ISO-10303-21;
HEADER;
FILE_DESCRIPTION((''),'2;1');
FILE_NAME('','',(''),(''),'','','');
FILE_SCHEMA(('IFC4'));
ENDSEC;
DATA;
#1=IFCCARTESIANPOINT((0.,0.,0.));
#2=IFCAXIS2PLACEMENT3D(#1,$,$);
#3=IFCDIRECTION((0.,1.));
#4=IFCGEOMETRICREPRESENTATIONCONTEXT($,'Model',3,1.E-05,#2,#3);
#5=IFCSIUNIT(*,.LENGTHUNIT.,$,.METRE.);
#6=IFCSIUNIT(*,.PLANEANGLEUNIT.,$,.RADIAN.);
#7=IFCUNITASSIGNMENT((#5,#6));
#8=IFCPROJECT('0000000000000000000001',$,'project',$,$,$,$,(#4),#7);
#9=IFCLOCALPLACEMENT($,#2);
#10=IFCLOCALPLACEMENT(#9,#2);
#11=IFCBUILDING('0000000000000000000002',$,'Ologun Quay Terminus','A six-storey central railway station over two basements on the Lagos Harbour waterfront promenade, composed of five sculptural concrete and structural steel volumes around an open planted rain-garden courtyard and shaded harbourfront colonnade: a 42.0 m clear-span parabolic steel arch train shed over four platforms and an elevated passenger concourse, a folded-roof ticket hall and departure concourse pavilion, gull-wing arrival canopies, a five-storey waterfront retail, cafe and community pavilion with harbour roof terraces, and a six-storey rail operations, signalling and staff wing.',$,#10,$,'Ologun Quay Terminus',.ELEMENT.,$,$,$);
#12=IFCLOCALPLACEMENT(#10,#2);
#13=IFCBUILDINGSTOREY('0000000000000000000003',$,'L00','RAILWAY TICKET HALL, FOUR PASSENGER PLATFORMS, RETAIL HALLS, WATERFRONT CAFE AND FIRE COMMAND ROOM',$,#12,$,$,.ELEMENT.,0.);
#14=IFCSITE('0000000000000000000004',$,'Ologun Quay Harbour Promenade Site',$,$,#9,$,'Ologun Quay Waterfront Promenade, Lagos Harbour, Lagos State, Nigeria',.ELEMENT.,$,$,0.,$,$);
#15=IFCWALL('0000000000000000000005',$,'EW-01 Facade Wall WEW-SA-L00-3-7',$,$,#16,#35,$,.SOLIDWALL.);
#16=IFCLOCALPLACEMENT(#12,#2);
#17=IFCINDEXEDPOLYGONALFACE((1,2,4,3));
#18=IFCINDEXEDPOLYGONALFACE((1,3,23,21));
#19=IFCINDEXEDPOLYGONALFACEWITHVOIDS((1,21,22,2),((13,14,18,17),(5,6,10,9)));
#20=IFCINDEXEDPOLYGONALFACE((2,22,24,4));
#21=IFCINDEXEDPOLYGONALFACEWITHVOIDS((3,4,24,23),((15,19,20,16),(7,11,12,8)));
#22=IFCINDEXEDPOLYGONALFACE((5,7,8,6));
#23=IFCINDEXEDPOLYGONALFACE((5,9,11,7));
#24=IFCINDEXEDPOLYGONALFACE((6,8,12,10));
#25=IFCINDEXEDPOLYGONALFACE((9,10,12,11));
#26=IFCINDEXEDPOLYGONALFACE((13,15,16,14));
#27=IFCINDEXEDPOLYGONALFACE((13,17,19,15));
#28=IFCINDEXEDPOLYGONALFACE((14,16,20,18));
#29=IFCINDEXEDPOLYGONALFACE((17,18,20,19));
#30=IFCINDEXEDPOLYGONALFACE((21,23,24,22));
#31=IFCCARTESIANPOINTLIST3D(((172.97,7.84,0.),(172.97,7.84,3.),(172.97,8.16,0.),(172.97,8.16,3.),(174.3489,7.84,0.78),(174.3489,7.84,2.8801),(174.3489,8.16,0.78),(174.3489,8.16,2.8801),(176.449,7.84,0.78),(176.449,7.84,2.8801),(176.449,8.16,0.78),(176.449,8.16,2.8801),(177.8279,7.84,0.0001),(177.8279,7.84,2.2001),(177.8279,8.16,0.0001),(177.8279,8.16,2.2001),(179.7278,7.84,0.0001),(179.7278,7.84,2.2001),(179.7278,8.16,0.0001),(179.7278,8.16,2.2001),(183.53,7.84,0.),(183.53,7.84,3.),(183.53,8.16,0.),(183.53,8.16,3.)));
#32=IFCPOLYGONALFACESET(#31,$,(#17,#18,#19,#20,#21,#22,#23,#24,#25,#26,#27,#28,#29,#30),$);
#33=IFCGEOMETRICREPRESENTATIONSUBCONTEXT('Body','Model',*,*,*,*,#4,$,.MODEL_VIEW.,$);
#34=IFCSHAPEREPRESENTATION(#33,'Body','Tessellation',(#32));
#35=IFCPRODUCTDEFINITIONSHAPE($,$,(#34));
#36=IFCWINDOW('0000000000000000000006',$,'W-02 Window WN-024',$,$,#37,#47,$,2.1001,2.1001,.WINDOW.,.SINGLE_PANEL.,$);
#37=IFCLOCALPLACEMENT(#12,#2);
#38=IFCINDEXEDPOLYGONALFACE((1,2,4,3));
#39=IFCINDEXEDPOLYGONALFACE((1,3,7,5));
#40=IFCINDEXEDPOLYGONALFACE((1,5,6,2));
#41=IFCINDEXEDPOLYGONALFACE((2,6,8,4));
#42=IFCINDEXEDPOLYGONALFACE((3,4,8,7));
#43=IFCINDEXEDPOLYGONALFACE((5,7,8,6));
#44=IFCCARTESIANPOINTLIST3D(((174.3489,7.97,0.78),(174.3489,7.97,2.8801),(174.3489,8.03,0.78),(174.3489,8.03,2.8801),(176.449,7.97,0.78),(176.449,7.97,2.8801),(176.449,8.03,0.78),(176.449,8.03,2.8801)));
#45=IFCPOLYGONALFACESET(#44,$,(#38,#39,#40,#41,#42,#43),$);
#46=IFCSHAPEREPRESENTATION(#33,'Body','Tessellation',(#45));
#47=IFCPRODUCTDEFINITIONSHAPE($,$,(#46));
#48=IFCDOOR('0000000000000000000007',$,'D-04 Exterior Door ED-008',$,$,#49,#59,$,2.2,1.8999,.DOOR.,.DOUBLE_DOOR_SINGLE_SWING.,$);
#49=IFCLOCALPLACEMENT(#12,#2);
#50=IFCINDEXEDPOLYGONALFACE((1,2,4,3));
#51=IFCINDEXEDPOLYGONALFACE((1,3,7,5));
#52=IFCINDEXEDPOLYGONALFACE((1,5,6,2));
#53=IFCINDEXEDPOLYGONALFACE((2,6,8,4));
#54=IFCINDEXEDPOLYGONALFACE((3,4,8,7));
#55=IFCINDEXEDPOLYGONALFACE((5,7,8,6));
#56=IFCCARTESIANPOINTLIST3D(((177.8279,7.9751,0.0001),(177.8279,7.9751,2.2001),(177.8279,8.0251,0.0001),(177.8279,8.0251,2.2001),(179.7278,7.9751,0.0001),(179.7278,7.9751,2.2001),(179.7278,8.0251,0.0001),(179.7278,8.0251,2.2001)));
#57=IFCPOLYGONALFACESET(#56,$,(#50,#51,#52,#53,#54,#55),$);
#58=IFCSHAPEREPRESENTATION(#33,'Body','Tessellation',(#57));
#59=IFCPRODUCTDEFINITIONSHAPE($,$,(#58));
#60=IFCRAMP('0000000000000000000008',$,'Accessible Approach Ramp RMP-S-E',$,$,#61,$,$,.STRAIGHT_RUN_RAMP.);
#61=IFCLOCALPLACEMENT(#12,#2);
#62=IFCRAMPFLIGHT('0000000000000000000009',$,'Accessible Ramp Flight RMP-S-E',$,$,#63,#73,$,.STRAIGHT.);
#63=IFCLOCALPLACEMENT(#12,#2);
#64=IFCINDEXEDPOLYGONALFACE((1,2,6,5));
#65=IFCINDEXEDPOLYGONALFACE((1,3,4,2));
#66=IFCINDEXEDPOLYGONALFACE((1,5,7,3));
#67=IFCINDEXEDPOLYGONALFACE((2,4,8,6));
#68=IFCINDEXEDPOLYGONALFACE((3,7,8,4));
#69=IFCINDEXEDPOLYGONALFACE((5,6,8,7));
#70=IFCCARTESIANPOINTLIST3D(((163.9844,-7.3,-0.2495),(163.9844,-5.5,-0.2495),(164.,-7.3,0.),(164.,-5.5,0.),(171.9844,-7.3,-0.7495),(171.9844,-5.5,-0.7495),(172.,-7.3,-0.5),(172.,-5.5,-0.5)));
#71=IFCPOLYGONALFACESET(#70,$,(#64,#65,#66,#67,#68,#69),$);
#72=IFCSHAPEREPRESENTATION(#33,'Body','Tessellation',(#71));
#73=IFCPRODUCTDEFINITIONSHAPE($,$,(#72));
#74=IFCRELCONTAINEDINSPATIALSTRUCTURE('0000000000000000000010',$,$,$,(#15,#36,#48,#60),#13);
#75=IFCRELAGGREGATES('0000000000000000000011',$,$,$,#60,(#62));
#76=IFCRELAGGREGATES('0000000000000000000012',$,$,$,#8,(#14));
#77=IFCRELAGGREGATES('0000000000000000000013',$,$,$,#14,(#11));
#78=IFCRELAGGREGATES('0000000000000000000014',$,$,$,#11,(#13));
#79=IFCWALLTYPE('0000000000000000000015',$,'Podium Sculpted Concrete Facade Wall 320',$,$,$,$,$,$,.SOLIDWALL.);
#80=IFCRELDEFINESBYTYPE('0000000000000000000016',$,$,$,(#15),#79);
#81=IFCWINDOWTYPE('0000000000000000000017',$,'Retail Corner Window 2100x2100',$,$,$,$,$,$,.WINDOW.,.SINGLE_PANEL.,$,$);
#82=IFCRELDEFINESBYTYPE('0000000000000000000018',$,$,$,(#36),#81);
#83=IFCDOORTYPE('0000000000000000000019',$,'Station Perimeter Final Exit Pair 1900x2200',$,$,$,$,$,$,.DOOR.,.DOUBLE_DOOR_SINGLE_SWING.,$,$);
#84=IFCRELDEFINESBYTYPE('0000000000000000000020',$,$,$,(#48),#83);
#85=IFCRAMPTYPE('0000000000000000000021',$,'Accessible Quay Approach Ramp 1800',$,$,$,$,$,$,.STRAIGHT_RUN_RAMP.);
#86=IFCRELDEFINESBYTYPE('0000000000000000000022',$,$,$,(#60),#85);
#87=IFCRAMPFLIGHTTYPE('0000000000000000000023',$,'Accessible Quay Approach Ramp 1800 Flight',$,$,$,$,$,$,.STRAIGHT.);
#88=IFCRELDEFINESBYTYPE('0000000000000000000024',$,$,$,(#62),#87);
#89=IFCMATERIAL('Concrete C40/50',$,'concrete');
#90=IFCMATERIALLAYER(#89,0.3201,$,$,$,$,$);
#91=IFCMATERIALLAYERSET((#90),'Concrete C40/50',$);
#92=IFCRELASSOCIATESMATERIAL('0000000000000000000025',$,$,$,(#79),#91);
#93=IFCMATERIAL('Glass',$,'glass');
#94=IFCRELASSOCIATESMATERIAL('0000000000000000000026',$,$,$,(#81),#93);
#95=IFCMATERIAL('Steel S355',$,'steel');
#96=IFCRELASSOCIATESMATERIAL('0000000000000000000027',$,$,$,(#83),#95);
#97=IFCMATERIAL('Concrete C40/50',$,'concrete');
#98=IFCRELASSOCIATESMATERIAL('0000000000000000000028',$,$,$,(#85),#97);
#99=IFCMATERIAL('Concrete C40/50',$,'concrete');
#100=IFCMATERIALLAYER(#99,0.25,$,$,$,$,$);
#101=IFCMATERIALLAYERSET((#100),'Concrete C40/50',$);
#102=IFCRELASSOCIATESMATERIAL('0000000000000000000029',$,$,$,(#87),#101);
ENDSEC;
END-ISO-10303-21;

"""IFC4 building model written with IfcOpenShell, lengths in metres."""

from ifc_helpers import new_model, si_unit, direction, frame, frame_2d, origin, place, context, subcontext, project, spatial, polyline, rectangle, outline, extrude, material, layer, layer_set, type_object, element, fill, aggregate, save


model = new_model("IFC4")

# Units and contexts
model_context = context("Model", 3, precision=1e-05, world=origin(), true_north=direction((0.0, 1.0)))
body_context = subcontext(model_context, "Body", "Model", "MODEL_VIEW")
ifc_project = project(units=[si_unit("LENGTHUNIT", "METRE"), si_unit("PLANEANGLEUNIT", "RADIAN")], contexts=[model_context])

# Site, building, storey
site_placement = place(None, origin())
site = spatial("IfcSite", under=ifc_project, at=site_placement, Name="Ologun Quay Harbour Promenade Site", LongName="Ologun Quay Waterfront Promenade, Lagos Harbour, Lagos State, Nigeria", CompositionType="ELEMENT", RefElevation=0.0)
building_placement = place(site_placement, origin())
building = spatial("IfcBuilding", under=site, at=building_placement, Name="Ologun Quay Terminus", Description="A six-storey central railway station over two basements on the Lagos Harbour waterfront promenade, composed of five sculptural concrete and structural steel volumes around an open planted rain-garden courtyard and shaded harbourfront colonnade: a 42.0 m clear-span parabolic steel arch train shed over four platforms and an elevated passenger concourse, a folded-roof ticket hall and departure concourse pavilion, gull-wing arrival canopies, a five-storey waterfront retail, cafe and community pavilion with harbour roof terraces, and a six-storey rail operations, signalling and staff wing.", LongName="Ologun Quay Terminus", CompositionType="ELEMENT")
storey_placement = place(building_placement, origin())
storey = spatial("IfcBuildingStorey", under=building, at=storey_placement, Name="L00", Description="RAILWAY TICKET HALL, FOUR PASSENGER PLATFORMS, RETAIL HALLS, WATERFRONT CAFE AND FIRE COMMAND ROOM", CompositionType="ELEMENT", Elevation=0.0)

# Wall, openings, window, door
ifc_material_1 = material(Name="Concrete C40/50", Category="concrete")
ifc_layer_1 = layer(ifc_material_1, 0.3201)
ifc_layer_set_1 = layer_set([ifc_layer_1], Name="Concrete C40/50")
wall_type = type_object("IfcWallType", Name="Podium Sculpted Concrete Facade Wall 320", PredefinedType="SOLIDWALL", material=ifc_layer_set_1)
wall_placement = place(storey_placement, frame((172.97, 8.0, 0.0), z_axis=(0.0, 0.0, 1.0), x_axis=(1.0, 0.0, 0.0)))
wall = element("IfcWall", 1, at=wall_placement, inside=storey, type_object=wall_type, Name="EW-01 Facade Wall WEW-SA-L00-3-7", PredefinedType="SOLIDWALL", context=body_context, shape_type="SweptSolid", body=[
    extrude(rectangle(XDim=10.5601, YDim=0.3201, at=frame_2d((5.28, 0.0))), origin(), (0.0, 0.0, 1.0), 3.0),
])
opening_1_placement = place(wall_placement, frame((4.8579, 0.0, 0.0)))
opening_1 = element("IfcOpeningElement", 2, at=opening_1_placement, cuts=wall, PredefinedType="OPENING", context=body_context, shape_type="SweptSolid", body=[
    extrude(rectangle(XDim=1.8999, YDim=2.2, at=frame_2d((0.95, 1.1001))), frame((0.0, 0.1699, 0.0), z_axis=(0.0, -1.0, 0.0), x_axis=(1.0, 0.0, 0.0)), (0.0, 0.0, 1.0), 0.3401),
])
opening_2_placement = place(wall_placement, frame((1.3789, 0.0, 0.78)))
opening_2 = element("IfcOpeningElement", 3, at=opening_2_placement, cuts=wall, PredefinedType="OPENING", context=body_context, shape_type="SweptSolid", body=[
    extrude(rectangle(XDim=2.1001, YDim=2.1001, at=frame_2d((1.05, 1.05))), frame((0.0, 0.1699, 0.0), z_axis=(0.0, -1.0, 0.0), x_axis=(1.0, 0.0, 0.0)), (0.0, 0.0, 1.0), 0.3401),
])
ifc_material_2 = material(Name="Glass", Category="glass")
window_type = type_object("IfcWindowType", Name="Retail Corner Window 2100x2100", PartitioningType="SINGLE_PANEL", PredefinedType="WINDOW", material=ifc_material_2)
window_placement = place(opening_2_placement, origin())
window = element("IfcWindow", 4, at=window_placement, inside=storey, type_object=window_type, Name="W-02 Window WN-024", OverallHeight=2.1001, OverallWidth=2.1001, PartitioningType="SINGLE_PANEL", PredefinedType="WINDOW", context=body_context, shape_type="SweptSolid", body=[
    extrude(rectangle(XDim=2.1001, YDim=2.1001, at=frame_2d((1.05, 1.05))), frame((0.0, 0.03, 0.0), z_axis=(0.0, -1.0, 0.0), x_axis=(1.0, 0.0, 0.0)), (0.0, 0.0, 1.0), 0.0601),
])
fill(opening_2, window)
ifc_material_3 = material(Name="Steel S355", Category="steel")
door_type = type_object("IfcDoorType", Name="Station Perimeter Final Exit Pair 1900x2200", OperationType="DOUBLE_DOOR_SINGLE_SWING", PredefinedType="DOOR", material=ifc_material_3)
door_placement = place(opening_1_placement, frame((0.95, 0.0, 0.0), z_axis=(0.0, 0.0, 1.0), x_axis=(-1.0, 0.0, 0.0)))
door = element("IfcDoor", 5, at=door_placement, inside=storey, type_object=door_type, Name="D-04 Exterior Door ED-008", OperationType="DOUBLE_DOOR_SINGLE_SWING", OverallHeight=2.2, OverallWidth=1.8999, PredefinedType="DOOR", context=body_context, shape_type="SweptSolid", body=[
    extrude(rectangle(XDim=1.8999, YDim=2.2, at=frame_2d((0.0, 1.1001))), frame((0.0, 0.0249, 0.0), z_axis=(0.0, -1.0, 0.0), x_axis=(1.0, 0.0, 0.0)), (0.0, 0.0, 1.0), 0.05),
])
fill(opening_1, door)

# Ramp, ramp flight
ifc_material_4 = material(Name="Concrete C40/50", Category="concrete")
ramp_type = type_object("IfcRampType", Name="Accessible Quay Approach Ramp 1800", PredefinedType="STRAIGHT_RUN_RAMP", material=ifc_material_4)
ramp_placement = place(storey_placement, origin())
ramp = element("IfcRamp", 6, at=ramp_placement, inside=storey, type_object=ramp_type, Name="Accessible Approach Ramp RMP-S-E", PredefinedType="STRAIGHT_RUN_RAMP")
ifc_material_5 = material(Name="Concrete C40/50", Category="concrete")
ifc_layer_2 = layer(ifc_material_5, 0.25)
ifc_layer_set_2 = layer_set([ifc_layer_2], Name="Concrete C40/50")
ramp_flight_type = type_object("IfcRampFlightType", Name="Accessible Quay Approach Ramp 1800 Flight", PredefinedType="STRAIGHT", material=ifc_layer_set_2)
ramp_flight_placement = place(storey_placement, frame((172.0, -7.3, -0.5), z_axis=(0.062378, 0.0, 0.998053), x_axis=(-0.998053, 0.0, 0.062378)))
ramp_flight = element("IfcRampFlight", 7, at=ramp_flight_placement, type_object=ramp_flight_type, Name="Accessible Ramp Flight RMP-S-E", PredefinedType="STRAIGHT", context=body_context, shape_type="SweptSolid", body=[
    extrude(outline(polyline([(0.0, 0.0), (8.0156, 0.0), (8.0156, -1.8), (0.0, -1.8), (0.0, 0.0)])), origin(), (0.0, 0.0, -1.0), 0.25),
])
aggregate(ramp, [ramp_flight])

save(model, "model.ifc")
